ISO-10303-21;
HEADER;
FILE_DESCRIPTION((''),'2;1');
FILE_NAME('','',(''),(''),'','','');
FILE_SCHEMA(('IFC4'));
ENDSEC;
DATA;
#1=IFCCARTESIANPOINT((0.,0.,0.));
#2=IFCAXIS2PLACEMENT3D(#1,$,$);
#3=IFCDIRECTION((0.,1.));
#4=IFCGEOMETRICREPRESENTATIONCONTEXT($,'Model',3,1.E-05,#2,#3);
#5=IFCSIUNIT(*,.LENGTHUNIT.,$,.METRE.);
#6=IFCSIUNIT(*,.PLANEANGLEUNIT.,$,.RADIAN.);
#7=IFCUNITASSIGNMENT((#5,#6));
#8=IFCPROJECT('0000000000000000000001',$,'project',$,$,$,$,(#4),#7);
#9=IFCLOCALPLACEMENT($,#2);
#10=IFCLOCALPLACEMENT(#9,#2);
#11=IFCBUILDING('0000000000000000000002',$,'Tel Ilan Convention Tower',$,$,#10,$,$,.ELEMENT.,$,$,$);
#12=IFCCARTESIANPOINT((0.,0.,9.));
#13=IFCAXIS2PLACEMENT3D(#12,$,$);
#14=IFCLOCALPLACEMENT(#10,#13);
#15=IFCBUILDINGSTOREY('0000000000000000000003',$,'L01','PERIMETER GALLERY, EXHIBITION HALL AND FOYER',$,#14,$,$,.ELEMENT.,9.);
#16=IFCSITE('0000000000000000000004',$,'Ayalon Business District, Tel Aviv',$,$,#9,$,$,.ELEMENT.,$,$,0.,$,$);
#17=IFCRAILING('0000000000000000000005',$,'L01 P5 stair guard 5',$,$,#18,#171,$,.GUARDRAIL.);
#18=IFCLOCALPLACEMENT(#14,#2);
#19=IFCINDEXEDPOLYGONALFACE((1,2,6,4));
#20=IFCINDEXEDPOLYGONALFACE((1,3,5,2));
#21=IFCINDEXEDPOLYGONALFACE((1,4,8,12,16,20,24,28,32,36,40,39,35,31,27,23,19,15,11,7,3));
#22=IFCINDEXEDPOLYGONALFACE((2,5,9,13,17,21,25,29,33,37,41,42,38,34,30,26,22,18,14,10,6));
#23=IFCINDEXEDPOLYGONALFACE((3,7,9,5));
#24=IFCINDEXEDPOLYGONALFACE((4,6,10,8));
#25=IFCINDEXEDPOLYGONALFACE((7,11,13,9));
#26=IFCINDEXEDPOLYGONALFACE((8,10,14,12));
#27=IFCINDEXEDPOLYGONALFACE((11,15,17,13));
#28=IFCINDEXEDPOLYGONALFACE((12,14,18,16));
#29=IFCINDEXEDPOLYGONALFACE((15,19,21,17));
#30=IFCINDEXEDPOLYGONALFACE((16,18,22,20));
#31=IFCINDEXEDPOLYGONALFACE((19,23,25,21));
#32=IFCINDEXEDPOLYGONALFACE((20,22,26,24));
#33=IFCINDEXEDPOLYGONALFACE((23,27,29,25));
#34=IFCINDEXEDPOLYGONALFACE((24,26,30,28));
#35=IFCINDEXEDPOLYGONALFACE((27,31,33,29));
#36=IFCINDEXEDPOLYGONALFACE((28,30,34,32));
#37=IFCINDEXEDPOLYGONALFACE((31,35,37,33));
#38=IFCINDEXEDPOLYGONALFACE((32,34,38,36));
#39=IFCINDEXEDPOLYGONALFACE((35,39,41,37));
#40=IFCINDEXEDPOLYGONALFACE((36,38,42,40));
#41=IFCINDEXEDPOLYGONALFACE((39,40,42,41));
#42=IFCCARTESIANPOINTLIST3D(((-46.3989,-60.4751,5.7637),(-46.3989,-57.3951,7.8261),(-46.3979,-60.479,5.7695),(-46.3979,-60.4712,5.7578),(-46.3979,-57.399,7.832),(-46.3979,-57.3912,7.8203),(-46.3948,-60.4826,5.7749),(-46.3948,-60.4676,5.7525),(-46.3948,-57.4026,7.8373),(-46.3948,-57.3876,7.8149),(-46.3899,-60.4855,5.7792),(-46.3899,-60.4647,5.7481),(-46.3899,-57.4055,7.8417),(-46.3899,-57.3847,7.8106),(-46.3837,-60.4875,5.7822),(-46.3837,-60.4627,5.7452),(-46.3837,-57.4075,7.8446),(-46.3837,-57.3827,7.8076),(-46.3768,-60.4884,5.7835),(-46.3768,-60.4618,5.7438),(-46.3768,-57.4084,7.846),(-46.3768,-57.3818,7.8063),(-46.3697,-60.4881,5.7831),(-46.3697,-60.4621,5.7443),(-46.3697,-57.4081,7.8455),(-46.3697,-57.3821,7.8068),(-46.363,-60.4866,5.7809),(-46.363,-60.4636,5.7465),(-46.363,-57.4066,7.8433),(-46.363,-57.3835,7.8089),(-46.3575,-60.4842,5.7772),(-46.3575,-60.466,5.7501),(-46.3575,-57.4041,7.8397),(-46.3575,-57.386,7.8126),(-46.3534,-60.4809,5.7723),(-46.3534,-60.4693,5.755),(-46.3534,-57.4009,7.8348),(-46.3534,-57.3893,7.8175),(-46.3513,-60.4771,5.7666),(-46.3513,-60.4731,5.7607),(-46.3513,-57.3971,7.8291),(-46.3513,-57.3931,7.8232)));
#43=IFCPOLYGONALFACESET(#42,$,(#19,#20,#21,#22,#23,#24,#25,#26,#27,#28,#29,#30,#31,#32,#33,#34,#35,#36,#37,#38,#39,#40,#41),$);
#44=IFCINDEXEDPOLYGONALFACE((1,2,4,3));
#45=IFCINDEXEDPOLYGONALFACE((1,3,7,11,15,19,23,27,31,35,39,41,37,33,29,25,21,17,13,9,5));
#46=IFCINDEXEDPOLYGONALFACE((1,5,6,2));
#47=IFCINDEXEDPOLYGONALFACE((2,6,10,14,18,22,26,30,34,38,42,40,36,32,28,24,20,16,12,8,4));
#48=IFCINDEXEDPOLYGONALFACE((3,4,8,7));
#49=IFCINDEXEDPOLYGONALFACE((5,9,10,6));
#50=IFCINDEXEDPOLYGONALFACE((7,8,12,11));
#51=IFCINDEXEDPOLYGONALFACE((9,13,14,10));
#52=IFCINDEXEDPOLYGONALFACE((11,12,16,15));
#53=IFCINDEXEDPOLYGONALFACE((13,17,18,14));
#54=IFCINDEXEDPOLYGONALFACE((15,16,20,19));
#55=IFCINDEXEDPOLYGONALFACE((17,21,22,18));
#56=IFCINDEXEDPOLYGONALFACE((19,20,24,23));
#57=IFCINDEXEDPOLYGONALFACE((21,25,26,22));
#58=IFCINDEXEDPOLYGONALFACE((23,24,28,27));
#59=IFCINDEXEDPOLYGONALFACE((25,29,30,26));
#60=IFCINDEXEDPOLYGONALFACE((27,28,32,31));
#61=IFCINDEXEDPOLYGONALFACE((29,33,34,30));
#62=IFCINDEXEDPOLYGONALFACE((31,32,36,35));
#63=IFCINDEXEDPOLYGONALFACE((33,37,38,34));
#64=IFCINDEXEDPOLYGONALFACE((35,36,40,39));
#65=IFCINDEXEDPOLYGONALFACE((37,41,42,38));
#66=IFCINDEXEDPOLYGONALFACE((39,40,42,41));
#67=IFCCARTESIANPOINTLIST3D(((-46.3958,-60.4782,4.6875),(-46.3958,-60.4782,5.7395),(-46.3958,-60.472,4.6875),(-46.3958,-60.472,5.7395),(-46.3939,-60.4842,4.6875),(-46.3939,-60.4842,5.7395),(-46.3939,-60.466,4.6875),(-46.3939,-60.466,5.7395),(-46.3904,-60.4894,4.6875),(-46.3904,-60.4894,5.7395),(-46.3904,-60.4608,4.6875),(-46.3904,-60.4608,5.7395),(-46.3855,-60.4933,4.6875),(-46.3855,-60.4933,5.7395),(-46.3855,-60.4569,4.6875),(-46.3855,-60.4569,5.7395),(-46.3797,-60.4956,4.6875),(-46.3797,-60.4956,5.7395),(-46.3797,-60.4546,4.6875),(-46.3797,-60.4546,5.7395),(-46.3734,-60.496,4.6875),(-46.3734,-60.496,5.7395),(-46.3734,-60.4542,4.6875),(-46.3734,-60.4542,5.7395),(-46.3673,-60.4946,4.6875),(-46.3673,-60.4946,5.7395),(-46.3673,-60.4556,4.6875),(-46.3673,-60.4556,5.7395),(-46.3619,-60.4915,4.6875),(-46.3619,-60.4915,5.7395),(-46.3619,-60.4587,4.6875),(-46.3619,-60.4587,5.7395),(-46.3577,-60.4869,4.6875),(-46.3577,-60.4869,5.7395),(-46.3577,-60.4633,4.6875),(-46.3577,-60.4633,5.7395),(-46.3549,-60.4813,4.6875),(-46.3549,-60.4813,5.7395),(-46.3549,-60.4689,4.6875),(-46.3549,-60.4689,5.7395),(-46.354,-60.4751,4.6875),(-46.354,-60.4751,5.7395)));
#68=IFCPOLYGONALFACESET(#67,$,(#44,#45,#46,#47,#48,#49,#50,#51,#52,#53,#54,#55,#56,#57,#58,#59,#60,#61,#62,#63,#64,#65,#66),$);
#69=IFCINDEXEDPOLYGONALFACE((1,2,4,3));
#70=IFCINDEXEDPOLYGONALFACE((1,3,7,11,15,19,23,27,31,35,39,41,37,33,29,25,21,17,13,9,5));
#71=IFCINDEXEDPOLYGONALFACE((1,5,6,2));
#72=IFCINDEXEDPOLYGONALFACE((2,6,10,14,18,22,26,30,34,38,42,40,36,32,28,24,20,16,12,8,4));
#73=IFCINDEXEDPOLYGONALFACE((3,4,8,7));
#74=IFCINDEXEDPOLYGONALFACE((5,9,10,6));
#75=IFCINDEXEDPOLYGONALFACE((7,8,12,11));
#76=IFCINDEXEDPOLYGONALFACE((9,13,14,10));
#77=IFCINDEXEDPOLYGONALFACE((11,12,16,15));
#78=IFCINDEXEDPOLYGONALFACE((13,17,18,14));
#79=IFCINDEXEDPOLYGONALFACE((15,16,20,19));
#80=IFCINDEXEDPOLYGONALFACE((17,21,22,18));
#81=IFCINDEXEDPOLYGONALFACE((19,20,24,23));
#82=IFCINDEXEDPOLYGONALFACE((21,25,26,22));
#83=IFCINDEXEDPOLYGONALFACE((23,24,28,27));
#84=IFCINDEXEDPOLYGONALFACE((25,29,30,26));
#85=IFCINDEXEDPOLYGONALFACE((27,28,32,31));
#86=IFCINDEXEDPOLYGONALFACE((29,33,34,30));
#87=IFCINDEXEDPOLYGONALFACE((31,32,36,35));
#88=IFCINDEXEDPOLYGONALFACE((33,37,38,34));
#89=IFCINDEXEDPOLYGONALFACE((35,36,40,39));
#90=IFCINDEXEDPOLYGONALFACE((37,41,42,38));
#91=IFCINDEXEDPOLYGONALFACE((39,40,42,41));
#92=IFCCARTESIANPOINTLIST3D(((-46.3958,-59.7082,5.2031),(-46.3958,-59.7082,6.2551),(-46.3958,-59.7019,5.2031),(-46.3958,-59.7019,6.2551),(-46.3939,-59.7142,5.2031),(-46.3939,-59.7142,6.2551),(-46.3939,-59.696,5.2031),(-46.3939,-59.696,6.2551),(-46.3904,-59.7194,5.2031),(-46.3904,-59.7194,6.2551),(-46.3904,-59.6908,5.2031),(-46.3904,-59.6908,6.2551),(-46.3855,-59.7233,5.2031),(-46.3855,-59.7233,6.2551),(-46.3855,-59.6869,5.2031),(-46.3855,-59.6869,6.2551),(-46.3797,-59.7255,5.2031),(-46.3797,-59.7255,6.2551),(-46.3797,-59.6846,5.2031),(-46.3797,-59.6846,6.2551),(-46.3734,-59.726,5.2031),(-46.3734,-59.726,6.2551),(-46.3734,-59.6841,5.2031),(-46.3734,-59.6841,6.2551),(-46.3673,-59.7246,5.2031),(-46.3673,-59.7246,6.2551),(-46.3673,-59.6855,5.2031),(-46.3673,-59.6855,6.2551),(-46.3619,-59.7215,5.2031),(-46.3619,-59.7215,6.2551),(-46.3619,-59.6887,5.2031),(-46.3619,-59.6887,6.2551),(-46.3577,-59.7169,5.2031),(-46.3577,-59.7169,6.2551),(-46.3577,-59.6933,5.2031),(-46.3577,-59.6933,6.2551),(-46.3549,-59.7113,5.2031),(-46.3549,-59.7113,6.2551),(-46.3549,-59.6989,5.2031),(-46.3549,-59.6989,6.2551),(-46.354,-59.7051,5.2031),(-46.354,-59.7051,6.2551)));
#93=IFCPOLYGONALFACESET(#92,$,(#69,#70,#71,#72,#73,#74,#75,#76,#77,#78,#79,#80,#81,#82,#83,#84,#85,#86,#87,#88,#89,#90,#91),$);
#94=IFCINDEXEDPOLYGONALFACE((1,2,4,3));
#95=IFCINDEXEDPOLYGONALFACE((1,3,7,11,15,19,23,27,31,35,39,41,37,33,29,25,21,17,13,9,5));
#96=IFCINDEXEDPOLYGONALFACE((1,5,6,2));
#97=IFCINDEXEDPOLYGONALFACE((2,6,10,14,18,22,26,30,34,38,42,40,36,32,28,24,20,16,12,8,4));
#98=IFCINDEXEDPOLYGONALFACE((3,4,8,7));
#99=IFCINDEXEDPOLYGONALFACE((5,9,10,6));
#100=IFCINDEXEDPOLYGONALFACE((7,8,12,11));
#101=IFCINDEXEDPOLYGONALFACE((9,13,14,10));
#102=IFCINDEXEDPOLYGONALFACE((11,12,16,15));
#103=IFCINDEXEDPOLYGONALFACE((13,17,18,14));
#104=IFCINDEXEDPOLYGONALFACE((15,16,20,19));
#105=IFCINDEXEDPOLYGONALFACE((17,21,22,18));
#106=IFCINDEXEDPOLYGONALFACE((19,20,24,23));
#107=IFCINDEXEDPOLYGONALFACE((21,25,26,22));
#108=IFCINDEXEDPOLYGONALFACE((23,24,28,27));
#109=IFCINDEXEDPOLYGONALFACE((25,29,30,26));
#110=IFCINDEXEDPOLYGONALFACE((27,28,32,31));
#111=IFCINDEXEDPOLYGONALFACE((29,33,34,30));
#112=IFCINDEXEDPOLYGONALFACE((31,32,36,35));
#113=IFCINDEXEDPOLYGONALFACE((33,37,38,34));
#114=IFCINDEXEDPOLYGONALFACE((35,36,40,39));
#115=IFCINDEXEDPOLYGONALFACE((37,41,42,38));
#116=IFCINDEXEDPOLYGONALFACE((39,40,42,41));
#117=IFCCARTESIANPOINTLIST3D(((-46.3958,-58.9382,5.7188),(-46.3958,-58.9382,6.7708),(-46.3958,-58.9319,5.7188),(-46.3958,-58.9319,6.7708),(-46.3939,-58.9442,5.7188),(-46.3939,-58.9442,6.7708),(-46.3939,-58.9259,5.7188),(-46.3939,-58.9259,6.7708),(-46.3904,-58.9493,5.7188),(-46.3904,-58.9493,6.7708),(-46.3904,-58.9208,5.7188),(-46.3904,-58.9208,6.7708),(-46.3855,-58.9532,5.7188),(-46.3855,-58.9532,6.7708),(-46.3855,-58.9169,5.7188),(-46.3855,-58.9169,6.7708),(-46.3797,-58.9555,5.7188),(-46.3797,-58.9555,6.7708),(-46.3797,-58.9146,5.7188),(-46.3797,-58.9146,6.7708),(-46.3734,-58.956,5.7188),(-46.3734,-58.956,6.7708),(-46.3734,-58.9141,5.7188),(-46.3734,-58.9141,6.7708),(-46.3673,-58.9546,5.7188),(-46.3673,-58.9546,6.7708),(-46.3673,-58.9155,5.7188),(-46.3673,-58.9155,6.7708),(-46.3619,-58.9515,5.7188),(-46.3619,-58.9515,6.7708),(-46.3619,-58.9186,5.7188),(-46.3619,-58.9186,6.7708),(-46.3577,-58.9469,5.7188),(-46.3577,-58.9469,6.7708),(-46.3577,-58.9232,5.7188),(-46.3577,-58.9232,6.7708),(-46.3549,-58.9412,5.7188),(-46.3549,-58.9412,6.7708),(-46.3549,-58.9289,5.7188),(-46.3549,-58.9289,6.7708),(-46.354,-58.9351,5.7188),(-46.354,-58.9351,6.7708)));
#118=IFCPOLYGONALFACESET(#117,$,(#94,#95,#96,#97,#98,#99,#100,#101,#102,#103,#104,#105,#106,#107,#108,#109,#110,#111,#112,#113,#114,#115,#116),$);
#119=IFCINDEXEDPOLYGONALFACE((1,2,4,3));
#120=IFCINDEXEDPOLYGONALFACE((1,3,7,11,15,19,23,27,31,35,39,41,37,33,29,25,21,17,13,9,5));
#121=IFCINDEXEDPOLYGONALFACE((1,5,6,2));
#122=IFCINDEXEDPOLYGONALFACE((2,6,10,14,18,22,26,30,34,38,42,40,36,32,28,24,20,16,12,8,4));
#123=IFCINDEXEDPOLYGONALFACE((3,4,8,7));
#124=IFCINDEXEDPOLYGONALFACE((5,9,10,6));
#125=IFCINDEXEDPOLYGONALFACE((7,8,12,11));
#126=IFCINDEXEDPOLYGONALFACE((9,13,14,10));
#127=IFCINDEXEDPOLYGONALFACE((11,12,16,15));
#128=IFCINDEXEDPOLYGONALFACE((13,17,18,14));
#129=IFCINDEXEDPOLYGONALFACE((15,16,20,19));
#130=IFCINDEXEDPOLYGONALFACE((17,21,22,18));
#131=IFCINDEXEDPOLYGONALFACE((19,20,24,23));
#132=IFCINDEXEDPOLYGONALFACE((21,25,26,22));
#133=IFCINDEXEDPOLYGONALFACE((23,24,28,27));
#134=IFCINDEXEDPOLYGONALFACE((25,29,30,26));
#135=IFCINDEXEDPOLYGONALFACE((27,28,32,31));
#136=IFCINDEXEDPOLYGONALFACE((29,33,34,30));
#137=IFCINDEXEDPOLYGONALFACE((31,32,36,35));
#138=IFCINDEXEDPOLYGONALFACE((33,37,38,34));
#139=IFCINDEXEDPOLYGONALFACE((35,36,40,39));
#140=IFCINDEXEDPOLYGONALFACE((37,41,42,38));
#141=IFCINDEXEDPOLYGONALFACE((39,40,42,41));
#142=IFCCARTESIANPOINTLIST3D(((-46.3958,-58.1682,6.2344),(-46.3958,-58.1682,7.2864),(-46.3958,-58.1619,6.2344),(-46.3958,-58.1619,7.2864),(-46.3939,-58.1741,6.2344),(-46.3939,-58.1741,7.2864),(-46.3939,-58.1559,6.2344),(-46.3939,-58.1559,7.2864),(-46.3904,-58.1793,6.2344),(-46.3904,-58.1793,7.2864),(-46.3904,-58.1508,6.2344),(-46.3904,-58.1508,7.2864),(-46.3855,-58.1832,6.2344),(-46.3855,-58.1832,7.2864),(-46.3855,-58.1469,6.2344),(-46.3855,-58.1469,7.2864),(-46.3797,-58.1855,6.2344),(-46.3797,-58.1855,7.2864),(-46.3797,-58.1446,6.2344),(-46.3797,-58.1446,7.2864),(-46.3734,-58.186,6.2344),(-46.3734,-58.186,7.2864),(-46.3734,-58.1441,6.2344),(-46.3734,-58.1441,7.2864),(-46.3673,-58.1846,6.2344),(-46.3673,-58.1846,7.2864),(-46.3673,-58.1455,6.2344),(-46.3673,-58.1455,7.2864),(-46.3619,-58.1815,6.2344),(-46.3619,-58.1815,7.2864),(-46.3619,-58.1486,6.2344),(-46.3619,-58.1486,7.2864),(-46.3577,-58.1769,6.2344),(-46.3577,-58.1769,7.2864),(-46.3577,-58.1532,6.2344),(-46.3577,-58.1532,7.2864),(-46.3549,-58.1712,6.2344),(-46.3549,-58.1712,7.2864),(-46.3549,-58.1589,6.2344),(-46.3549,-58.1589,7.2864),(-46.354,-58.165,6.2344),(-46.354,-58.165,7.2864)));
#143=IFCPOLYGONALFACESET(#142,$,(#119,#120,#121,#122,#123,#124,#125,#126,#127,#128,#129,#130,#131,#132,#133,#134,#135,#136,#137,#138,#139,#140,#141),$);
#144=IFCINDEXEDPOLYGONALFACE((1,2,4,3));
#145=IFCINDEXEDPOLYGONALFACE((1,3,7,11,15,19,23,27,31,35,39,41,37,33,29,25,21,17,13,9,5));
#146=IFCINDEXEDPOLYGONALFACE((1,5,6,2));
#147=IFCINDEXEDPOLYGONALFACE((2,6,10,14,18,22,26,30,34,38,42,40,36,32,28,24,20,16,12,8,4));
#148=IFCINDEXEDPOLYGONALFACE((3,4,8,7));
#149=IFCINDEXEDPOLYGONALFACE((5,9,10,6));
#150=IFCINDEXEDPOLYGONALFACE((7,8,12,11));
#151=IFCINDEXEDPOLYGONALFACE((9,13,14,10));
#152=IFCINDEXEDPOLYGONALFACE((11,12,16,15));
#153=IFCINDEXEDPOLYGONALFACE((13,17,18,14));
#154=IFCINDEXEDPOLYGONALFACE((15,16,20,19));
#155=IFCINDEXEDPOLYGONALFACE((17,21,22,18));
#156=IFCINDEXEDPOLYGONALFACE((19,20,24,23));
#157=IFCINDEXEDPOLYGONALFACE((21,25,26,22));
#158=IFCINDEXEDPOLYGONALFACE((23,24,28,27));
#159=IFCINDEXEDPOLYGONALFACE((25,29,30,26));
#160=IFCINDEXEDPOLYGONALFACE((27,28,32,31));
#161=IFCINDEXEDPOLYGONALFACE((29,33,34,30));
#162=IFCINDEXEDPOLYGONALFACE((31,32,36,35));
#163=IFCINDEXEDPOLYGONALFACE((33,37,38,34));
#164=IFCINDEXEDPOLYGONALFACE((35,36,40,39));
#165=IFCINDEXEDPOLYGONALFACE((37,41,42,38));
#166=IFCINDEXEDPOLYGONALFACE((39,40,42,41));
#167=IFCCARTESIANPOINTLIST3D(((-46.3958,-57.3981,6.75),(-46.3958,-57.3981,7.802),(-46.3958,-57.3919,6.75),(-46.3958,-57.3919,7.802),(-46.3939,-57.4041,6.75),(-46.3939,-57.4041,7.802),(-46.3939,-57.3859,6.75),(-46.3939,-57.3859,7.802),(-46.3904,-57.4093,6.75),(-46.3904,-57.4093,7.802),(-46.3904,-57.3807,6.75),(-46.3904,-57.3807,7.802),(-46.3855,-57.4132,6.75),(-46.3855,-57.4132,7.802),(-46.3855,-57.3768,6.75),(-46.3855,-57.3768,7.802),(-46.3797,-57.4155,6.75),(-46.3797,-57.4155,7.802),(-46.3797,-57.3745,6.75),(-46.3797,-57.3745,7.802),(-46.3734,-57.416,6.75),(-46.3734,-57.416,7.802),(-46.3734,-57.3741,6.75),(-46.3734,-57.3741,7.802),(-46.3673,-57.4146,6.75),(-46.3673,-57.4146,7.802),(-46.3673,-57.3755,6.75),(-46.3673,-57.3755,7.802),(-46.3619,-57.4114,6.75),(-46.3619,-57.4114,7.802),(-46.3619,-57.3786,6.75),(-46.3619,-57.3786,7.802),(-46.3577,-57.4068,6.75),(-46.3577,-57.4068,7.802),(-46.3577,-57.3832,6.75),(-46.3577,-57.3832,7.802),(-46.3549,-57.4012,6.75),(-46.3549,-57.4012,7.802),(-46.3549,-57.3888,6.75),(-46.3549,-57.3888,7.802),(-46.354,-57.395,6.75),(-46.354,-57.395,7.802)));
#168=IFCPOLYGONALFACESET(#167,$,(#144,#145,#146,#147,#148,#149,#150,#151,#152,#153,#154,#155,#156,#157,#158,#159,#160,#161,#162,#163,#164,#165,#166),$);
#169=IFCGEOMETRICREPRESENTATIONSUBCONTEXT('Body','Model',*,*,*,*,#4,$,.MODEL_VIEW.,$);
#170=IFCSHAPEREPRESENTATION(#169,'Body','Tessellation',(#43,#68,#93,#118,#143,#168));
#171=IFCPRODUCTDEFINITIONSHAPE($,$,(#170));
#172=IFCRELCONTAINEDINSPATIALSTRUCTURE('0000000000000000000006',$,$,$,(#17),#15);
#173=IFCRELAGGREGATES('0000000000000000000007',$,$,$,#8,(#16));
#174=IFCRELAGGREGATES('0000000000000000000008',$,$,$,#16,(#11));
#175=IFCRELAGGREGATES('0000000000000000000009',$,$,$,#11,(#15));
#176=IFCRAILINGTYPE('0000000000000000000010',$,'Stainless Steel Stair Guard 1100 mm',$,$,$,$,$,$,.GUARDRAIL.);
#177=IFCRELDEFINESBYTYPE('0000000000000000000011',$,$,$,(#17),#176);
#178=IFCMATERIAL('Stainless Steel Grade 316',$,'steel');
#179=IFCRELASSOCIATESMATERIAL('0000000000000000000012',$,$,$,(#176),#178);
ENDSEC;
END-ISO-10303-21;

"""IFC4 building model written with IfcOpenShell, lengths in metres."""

from ifc_helpers import new_model, si_unit, direction, frame, origin, origin_2d, place, context, subcontext, project, spatial, circle, extrude, material, type_object, element, save


model = new_model("IFC4")

# Units and contexts
model_context = context("Model", 3, precision=1e-05, world=origin(), true_north=direction((0.0, 1.0)))
body_context = subcontext(model_context, "Body", "Model", "MODEL_VIEW")
ifc_project = project(units=[si_unit("LENGTHUNIT", "METRE"), si_unit("PLANEANGLEUNIT", "RADIAN")], contexts=[model_context])

# Site, building, storey
site_placement = place(None, origin())
site = spatial("IfcSite", under=ifc_project, at=site_placement, Name="Ayalon Business District, Tel Aviv", CompositionType="ELEMENT", RefElevation=0.0)
building_placement = place(site_placement, origin())
building = spatial("IfcBuilding", under=site, at=building_placement, Name="Tel Ilan Convention Tower", CompositionType="ELEMENT")
storey_placement = place(building_placement, frame((0.0, 0.0, 9.0)))
storey = spatial("IfcBuildingStorey", under=building, at=storey_placement, Name="L01", Description="PERIMETER GALLERY, EXHIBITION HALL AND FOYER", CompositionType="ELEMENT", Elevation=9.0)

# Railing
ifc_material_1 = material(Name="Stainless Steel Grade 316", Category="steel")
railing_type_1 = type_object("IfcRailingType", Name="Stainless Steel Stair Guard 1100 mm", PredefinedType="GUARDRAIL", material=ifc_material_1)
railing_1_placement = place(storey_placement, frame((-46.375, -60.4751, 4.6875)))
element("IfcRailing", 1, at=railing_1_placement, inside=storey, type_object=railing_type_1, Name="L01 P5 stair guard 5", PredefinedType="GUARDRAIL", context=body_context, shape_type="SweptSolid", body=[
    extrude(circle(Radius=0.0239, at=origin_2d()), frame((0.0, 0.0, 1.0762), z_axis=(0.0, 0.830914, 0.556401), x_axis=(-1.0, 0.0, 0.0)), (0.0, 0.0, 1.0), 3.7068),
    extrude(circle(Radius=0.021, at=origin_2d()), origin(), (0.0, 0.0, 1.0), 1.052),
    extrude(circle(Radius=0.021, at=origin_2d()), frame((0.0, 0.77, 0.5156)), (0.0, 0.0, 1.0), 1.052),
    extrude(circle(Radius=0.021, at=origin_2d()), frame((0.0, 1.54, 1.0312)), (0.0, 0.0, 1.0), 1.052),
    extrude(circle(Radius=0.021, at=origin_2d()), frame((0.0, 2.3101, 1.5469)), (0.0, 0.0, 1.0), 1.052),
    extrude(circle(Radius=0.021, at=origin_2d()), frame((0.0, 3.0801, 2.0625)), (0.0, 0.0, 1.0), 1.052),
])

save(model, "model.ifc")
